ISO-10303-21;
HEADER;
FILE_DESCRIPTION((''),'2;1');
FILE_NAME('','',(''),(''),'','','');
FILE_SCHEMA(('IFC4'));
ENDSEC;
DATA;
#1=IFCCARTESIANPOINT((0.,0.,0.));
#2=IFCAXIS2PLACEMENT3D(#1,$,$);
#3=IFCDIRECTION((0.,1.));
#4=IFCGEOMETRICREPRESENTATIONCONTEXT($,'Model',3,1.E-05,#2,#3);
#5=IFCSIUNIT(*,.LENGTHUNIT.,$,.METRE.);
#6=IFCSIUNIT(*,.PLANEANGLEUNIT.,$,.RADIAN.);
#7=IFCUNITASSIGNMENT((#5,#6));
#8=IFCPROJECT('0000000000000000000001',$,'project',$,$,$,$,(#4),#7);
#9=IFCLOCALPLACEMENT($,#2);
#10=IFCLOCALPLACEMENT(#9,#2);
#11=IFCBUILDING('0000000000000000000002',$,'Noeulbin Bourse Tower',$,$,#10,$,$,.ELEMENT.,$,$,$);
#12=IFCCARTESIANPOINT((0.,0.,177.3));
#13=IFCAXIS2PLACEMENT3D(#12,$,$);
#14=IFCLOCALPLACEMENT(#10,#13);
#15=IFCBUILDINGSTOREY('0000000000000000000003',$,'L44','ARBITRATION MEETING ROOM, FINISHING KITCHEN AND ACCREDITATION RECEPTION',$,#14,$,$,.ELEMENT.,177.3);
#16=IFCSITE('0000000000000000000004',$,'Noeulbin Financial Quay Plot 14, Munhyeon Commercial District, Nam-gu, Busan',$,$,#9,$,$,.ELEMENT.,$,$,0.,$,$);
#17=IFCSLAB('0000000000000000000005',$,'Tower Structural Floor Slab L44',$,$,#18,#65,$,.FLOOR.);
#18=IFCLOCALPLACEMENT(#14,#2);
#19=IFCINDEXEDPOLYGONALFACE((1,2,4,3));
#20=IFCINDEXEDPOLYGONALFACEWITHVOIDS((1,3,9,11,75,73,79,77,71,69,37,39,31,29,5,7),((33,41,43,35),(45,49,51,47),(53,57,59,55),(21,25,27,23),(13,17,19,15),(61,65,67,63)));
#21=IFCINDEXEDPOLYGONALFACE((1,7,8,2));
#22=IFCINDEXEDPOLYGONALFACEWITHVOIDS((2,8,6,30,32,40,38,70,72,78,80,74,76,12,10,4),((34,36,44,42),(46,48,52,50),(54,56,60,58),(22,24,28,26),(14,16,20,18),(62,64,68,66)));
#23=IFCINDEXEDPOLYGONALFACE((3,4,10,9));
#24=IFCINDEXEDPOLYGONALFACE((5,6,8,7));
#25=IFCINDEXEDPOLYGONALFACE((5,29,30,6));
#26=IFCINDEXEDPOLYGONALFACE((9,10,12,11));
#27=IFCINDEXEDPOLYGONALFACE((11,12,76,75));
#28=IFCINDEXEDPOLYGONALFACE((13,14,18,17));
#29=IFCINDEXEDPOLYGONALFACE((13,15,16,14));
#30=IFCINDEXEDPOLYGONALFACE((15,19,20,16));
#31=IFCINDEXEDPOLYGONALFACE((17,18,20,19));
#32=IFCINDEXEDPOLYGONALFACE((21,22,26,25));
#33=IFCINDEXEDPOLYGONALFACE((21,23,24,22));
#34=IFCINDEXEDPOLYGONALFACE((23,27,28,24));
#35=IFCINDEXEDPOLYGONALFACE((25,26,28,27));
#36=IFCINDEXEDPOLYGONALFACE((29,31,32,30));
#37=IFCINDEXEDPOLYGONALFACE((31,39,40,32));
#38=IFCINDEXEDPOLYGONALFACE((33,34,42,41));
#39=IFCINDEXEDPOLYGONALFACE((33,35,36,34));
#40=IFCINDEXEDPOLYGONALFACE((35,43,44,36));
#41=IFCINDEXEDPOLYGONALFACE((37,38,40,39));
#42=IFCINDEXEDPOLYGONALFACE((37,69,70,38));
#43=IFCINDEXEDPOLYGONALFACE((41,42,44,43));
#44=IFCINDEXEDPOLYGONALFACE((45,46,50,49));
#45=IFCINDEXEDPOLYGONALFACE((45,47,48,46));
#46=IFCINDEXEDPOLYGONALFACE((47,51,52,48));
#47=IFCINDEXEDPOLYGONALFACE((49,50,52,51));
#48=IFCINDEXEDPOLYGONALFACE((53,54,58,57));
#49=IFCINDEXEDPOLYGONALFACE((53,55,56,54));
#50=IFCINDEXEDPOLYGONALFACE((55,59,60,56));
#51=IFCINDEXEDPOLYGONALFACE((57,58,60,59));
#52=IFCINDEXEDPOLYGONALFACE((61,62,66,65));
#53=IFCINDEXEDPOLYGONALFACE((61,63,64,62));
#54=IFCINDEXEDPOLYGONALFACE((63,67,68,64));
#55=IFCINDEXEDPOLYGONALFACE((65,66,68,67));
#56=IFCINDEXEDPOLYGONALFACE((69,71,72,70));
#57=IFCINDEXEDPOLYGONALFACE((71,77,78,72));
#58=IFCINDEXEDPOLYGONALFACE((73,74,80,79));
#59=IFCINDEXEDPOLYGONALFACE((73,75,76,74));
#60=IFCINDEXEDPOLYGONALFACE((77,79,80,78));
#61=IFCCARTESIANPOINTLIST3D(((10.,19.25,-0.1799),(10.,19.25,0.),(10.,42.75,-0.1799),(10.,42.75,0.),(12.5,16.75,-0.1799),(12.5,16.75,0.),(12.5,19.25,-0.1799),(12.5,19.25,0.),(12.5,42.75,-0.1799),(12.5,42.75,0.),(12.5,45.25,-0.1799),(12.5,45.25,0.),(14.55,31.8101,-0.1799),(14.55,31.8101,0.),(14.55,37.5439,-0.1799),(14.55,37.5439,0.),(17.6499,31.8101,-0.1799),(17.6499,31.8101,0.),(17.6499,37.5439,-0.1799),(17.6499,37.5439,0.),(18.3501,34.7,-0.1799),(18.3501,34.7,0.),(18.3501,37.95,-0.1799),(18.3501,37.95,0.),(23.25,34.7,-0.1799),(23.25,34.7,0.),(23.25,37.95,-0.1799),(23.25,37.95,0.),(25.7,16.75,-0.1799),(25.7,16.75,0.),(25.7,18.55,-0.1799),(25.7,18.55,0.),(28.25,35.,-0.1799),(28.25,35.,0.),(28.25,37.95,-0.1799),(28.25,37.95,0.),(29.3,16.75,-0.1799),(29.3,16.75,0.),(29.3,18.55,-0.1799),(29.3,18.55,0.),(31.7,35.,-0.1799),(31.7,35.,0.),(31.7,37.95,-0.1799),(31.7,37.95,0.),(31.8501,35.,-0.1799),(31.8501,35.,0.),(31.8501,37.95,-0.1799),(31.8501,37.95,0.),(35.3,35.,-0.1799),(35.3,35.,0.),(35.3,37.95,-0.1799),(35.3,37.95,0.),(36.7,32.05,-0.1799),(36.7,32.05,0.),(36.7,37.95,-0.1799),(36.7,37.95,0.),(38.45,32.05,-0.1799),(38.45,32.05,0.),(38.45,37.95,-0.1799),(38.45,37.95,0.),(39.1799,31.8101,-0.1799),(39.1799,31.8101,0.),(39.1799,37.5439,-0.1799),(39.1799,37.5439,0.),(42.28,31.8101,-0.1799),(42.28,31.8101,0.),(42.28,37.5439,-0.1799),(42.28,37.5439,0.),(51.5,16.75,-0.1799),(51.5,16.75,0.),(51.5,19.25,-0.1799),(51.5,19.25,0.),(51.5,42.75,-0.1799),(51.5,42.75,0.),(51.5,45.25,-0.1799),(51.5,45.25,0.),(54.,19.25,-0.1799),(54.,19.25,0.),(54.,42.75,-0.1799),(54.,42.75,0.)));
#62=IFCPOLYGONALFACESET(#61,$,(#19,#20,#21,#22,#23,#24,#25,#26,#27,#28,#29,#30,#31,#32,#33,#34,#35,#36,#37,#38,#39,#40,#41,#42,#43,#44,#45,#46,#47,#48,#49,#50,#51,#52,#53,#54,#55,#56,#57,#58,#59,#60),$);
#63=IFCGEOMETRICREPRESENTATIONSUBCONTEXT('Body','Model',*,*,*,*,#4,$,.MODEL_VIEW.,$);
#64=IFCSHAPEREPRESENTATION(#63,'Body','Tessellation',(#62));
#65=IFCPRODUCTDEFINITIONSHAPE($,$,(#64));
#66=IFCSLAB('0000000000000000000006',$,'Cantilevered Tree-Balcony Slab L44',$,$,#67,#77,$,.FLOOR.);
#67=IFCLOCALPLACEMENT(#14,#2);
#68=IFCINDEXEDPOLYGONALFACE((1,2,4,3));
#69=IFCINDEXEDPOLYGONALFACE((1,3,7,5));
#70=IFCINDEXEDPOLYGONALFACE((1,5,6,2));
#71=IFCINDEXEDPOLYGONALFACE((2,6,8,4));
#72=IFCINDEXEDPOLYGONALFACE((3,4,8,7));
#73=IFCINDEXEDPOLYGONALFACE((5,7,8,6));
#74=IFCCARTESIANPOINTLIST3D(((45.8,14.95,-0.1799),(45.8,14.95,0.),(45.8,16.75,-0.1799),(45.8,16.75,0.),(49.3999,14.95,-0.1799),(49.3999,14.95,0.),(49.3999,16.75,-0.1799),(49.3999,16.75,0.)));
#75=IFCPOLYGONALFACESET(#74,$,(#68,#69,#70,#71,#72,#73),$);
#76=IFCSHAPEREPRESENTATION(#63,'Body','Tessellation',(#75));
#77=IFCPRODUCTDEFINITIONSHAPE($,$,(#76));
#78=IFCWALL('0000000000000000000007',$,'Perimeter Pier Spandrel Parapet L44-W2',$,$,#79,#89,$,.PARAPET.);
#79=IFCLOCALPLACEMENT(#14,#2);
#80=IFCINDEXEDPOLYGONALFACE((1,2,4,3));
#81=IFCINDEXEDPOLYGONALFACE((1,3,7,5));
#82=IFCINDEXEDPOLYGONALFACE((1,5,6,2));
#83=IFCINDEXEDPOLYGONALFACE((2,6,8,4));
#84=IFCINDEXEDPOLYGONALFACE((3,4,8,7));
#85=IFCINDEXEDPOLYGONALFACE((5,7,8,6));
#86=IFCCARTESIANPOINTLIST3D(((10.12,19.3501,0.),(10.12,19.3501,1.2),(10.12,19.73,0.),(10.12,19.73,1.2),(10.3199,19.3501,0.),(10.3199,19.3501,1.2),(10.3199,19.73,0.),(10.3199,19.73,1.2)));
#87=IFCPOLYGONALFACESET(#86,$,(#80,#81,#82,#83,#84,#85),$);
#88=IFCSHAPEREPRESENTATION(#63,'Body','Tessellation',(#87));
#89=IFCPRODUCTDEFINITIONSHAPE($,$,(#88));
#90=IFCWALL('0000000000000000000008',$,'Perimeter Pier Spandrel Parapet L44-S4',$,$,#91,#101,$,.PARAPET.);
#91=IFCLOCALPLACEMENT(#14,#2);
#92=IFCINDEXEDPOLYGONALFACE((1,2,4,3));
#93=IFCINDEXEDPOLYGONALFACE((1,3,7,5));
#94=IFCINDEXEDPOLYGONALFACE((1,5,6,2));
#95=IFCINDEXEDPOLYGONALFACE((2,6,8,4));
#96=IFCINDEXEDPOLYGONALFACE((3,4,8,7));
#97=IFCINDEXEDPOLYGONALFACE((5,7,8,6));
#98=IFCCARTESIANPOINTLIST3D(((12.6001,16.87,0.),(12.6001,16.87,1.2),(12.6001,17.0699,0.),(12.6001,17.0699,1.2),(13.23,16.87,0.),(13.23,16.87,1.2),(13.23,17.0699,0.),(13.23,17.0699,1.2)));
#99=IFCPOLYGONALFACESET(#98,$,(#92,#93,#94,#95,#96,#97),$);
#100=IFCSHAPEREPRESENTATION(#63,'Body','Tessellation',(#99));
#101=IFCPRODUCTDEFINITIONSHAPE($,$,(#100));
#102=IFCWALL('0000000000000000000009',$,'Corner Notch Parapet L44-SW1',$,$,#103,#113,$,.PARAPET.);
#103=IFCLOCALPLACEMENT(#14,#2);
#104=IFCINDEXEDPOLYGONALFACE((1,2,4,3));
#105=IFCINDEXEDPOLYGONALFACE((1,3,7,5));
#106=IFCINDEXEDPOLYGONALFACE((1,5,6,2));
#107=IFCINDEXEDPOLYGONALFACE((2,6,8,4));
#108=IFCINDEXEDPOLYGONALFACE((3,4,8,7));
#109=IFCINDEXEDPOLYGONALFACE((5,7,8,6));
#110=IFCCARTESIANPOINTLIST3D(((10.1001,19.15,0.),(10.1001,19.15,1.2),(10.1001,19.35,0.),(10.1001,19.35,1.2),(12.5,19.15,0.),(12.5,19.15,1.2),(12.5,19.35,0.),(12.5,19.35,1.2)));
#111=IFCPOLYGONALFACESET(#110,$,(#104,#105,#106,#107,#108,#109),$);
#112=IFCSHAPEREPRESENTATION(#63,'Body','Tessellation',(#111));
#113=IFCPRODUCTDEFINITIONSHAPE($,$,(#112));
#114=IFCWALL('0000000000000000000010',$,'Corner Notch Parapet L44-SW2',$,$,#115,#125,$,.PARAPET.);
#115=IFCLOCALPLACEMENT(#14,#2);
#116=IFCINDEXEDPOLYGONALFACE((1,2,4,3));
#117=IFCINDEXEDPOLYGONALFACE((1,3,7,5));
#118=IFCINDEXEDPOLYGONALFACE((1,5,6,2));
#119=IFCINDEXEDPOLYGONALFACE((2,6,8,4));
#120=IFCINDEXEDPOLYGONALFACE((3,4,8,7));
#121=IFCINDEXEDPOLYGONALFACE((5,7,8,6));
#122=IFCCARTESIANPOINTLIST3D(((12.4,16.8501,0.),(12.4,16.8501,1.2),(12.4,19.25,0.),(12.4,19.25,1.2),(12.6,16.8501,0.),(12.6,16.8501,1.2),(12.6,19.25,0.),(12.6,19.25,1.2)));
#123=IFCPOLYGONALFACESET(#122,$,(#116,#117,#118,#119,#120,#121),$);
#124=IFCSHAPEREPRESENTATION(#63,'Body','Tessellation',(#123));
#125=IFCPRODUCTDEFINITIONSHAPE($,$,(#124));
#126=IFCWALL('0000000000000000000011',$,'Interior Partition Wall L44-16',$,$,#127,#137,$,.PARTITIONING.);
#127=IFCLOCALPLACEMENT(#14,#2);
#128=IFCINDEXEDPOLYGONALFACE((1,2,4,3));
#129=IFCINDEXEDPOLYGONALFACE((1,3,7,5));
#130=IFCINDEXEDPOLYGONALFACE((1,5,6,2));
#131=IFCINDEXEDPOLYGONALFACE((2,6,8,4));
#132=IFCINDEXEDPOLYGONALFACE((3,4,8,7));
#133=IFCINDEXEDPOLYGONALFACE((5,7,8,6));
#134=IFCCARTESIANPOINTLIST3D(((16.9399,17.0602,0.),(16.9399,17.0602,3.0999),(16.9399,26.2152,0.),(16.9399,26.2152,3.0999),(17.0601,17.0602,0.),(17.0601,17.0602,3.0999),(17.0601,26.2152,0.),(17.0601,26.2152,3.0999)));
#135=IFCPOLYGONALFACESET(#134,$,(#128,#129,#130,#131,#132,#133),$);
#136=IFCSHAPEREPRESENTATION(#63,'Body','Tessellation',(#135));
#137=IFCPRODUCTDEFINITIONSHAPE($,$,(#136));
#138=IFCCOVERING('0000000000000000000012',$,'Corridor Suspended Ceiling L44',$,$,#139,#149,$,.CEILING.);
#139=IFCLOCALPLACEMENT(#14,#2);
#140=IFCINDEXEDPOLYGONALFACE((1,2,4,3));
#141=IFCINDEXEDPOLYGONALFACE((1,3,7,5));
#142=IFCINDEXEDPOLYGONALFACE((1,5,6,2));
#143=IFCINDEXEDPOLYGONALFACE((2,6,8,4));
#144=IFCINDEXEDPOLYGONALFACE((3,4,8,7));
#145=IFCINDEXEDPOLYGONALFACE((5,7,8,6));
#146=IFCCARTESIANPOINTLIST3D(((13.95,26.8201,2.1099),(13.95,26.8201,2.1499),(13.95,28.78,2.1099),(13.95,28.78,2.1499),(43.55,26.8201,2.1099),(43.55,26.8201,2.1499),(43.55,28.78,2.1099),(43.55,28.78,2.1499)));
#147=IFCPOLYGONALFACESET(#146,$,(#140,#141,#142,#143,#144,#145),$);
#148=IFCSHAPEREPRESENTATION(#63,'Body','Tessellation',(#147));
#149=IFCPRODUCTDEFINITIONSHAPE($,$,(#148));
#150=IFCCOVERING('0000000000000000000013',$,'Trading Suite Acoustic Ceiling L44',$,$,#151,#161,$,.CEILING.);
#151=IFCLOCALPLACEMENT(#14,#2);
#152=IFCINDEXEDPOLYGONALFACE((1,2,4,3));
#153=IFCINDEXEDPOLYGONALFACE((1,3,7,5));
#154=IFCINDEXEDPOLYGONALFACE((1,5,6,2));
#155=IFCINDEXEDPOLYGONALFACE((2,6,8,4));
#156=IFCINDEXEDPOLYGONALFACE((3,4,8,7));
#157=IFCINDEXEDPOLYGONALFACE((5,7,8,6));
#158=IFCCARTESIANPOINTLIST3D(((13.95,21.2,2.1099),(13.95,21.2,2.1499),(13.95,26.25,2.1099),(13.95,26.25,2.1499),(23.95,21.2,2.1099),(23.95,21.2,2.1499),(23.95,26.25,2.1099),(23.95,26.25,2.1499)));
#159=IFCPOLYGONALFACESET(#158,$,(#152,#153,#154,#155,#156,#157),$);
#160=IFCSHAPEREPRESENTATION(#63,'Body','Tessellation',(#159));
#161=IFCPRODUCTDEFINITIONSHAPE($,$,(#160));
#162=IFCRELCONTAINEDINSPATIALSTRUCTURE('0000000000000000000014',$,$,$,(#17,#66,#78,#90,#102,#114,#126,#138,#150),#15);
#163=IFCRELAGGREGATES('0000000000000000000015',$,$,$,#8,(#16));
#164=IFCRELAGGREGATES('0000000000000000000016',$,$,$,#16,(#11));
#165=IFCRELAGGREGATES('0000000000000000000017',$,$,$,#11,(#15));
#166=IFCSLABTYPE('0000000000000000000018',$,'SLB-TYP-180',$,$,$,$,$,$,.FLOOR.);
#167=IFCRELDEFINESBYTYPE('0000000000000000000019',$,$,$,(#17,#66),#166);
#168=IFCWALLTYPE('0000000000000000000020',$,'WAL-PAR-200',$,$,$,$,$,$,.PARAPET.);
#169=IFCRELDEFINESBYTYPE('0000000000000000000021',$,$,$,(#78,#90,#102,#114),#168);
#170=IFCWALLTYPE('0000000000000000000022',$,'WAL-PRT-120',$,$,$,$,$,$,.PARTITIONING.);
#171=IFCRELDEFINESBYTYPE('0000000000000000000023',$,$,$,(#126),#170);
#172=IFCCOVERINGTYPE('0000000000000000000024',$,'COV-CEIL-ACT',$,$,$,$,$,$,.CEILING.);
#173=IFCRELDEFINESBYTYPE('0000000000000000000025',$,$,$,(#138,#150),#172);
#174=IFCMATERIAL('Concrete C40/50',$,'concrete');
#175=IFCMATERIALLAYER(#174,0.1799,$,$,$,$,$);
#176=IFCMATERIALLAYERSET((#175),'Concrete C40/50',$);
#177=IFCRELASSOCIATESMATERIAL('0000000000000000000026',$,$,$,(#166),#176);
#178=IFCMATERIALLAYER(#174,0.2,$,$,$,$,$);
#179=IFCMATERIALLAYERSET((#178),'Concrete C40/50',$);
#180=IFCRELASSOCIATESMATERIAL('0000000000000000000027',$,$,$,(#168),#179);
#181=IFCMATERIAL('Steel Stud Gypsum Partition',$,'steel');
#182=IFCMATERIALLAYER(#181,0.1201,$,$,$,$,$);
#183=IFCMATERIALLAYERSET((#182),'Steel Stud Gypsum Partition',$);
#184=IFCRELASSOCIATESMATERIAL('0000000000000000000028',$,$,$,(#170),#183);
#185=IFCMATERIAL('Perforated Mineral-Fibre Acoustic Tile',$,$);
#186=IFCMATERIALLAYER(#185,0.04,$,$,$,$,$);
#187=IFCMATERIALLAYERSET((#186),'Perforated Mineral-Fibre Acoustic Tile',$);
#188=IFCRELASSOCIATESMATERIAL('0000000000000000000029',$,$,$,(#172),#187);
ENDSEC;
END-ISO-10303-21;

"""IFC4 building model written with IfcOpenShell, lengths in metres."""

from ifc_helpers import new_model, si_unit, direction, frame, frame_2d, origin, place, context, subcontext, project, spatial, polyline, rectangle, outline, extrude, material, layer, layer_set, type_object, element, save


model = new_model("IFC4")

# Units and contexts
model_context = context("Model", 3, precision=1e-05, world=origin(), true_north=direction((0.0, 1.0)))
body_context = subcontext(model_context, "Body", "Model", "MODEL_VIEW")
ifc_project = project(units=[si_unit("LENGTHUNIT", "METRE"), si_unit("PLANEANGLEUNIT", "RADIAN")], contexts=[model_context])

# Site, building, storey
site_placement = place(None, origin())
site = spatial("IfcSite", under=ifc_project, at=site_placement, Name="Noeulbin Financial Quay Plot 14, Munhyeon Commercial District, Nam-gu, Busan", CompositionType="ELEMENT", RefElevation=0.0)
building_placement = place(site_placement, origin())
building = spatial("IfcBuilding", under=site, at=building_placement, Name="Noeulbin Bourse Tower", CompositionType="ELEMENT")
storey_placement = place(building_placement, frame((0.0, 0.0, 177.3)))
storey = spatial("IfcBuildingStorey", under=building, at=storey_placement, Name="L44", Description="ARBITRATION MEETING ROOM, FINISHING KITCHEN AND ACCREDITATION RECEPTION", CompositionType="ELEMENT", Elevation=177.3)

# Shared definitions
ifc_material_1 = material(Name="Concrete C40/50", Category="concrete")

# Slab, openings
ifc_layer_1 = layer(ifc_material_1, 0.1799)
ifc_layer_set_1 = layer_set([ifc_layer_1], Name="Concrete C40/50")
slab_type_1 = type_object("IfcSlabType", Name="SLB-TYP-180", PredefinedType="FLOOR", material=ifc_layer_set_1)
slab_1_placement = place(storey_placement, frame((0.0, 0.0, -0.1799)))
slab_1 = element("IfcSlab", 1, at=slab_1_placement, inside=storey, type_object=slab_type_1, Name="Tower Structural Floor Slab L44", PredefinedType="FLOOR", context=body_context, shape_type="SweptSolid", body=[
    extrude(outline(polyline([(12.5, 16.75), (25.7, 16.75), (25.7, 18.55), (29.3, 18.55), (29.3, 16.75), (51.5, 16.75), (51.5, 19.25), (54.0, 19.25), (54.0, 42.75), (51.5, 42.75), (51.5, 45.25), (12.5, 45.25), (12.5, 42.75), (10.0, 42.75), (10.0, 19.25), (12.5, 19.25), (12.5, 16.75)]), holes=[polyline([(17.6499, 31.8101), (17.6499, 37.5439), (14.55, 37.5439), (14.55, 31.8101), (17.6499, 31.8101)]), polyline([(42.28, 31.8101), (42.28, 37.5439), (39.1799, 37.5439), (39.1799, 31.8101), (42.28, 31.8101)]), polyline([(18.3501, 34.7), (23.25, 34.7), (23.25, 37.95), (18.3501, 37.95), (18.3501, 34.7)]), polyline([(36.7, 32.05), (38.45, 32.05), (38.45, 37.95), (36.7, 37.95), (36.7, 32.05)]), polyline([(28.25, 35.0), (31.7, 35.0), (31.7, 37.95), (28.25, 37.95), (28.25, 35.0)]), polyline([(31.8501, 35.0), (35.3, 35.0), (35.3, 37.95), (31.8501, 37.95), (31.8501, 35.0)])]), origin(), (0.0, 0.0, 1.0), 0.1799),
])
opening_1_placement = place(slab_1_placement, frame((0.0, 0.0, -0.01)))
element("IfcOpeningElement", 2, at=opening_1_placement, cuts=slab_1, PredefinedType="OPENING", context=body_context, shape_type="SweptSolid", body=[
    extrude(outline(polyline([(17.6499, 31.8101), (17.6499, 37.5439), (14.55, 37.5439), (14.55, 31.8101), (17.6499, 31.8101)])), origin(), (0.0, 0.0, 1.0), 0.2),
])
opening_2_placement = place(slab_1_placement, frame((0.0, 0.0, -0.01)))
element("IfcOpeningElement", 3, at=opening_2_placement, cuts=slab_1, PredefinedType="OPENING", context=body_context, shape_type="SweptSolid", body=[
    extrude(outline(polyline([(42.28, 31.8101), (42.28, 37.5439), (39.1799, 37.5439), (39.1799, 31.8101), (42.28, 31.8101)])), origin(), (0.0, 0.0, 1.0), 0.2),
])
opening_3_placement = place(slab_1_placement, frame((0.0, 0.0, -0.01)))
element("IfcOpeningElement", 4, at=opening_3_placement, cuts=slab_1, PredefinedType="OPENING", context=body_context, shape_type="SweptSolid", body=[
    extrude(outline(polyline([(18.3501, 34.7), (23.25, 34.7), (23.25, 37.95), (18.3501, 37.95), (18.3501, 34.7)])), origin(), (0.0, 0.0, 1.0), 0.2),
])
opening_4_placement = place(slab_1_placement, frame((0.0, 0.0, -0.01)))
element("IfcOpeningElement", 5, at=opening_4_placement, cuts=slab_1, PredefinedType="OPENING", context=body_context, shape_type="SweptSolid", body=[
    extrude(outline(polyline([(36.7, 32.05), (38.45, 32.05), (38.45, 37.95), (36.7, 37.95), (36.7, 32.05)])), origin(), (0.0, 0.0, 1.0), 0.2),
])
opening_5_placement = place(slab_1_placement, frame((0.0, 0.0, -0.01)))
element("IfcOpeningElement", 6, at=opening_5_placement, cuts=slab_1, PredefinedType="OPENING", context=body_context, shape_type="SweptSolid", body=[
    extrude(outline(polyline([(28.25, 35.0), (31.7, 35.0), (31.7, 37.95), (28.25, 37.95), (28.25, 35.0)])), origin(), (0.0, 0.0, 1.0), 0.2),
])
opening_6_placement = place(slab_1_placement, frame((0.0, 0.0, -0.01)))
element("IfcOpeningElement", 7, at=opening_6_placement, cuts=slab_1, PredefinedType="OPENING", context=body_context, shape_type="SweptSolid", body=[
    extrude(outline(polyline([(31.8501, 35.0), (35.3, 35.0), (35.3, 37.95), (31.8501, 37.95), (31.8501, 35.0)])), origin(), (0.0, 0.0, 1.0), 0.2),
])

# Slab
slab_2_placement = place(storey_placement, frame((0.0, 0.0, -0.1799)))
element("IfcSlab", 8, at=slab_2_placement, inside=storey, type_object=slab_type_1, Name="Cantilevered Tree-Balcony Slab L44", PredefinedType="FLOOR", context=body_context, shape_type="SweptSolid", body=[
    extrude(outline(polyline([(45.8, 14.95), (49.3999, 14.95), (49.3999, 16.75), (45.8, 16.75), (45.8, 14.95)])), origin(), (0.0, 0.0, 1.0), 0.1799),
])

# Walls
ifc_layer_2 = layer(ifc_material_1, 0.2)
ifc_layer_set_2 = layer_set([ifc_layer_2], Name="Concrete C40/50")
wall_type_1 = type_object("IfcWallType", Name="WAL-PAR-200", PredefinedType="PARAPET", material=ifc_layer_set_2)
wall_1_placement = place(storey_placement, frame((10.22, 19.3501, 0.0), z_axis=(0.0, 0.0, 1.0), x_axis=(0.0, 1.0, 0.0)))
element("IfcWall", 9, at=wall_1_placement, inside=storey, type_object=wall_type_1, Name="Perimeter Pier Spandrel Parapet L44-W2", PredefinedType="PARAPET", context=body_context, shape_type="SweptSolid", body=[
    extrude(rectangle(XDim=0.3799, YDim=0.2, at=frame_2d((0.1899, 0.0))), origin(), (0.0, 0.0, 1.0), 1.2),
])
wall_2_placement = place(storey_placement, frame((12.6001, 16.97, 0.0), z_axis=(0.0, 0.0, 1.0), x_axis=(1.0, 0.0, 0.0)))
element("IfcWall", 10, at=wall_2_placement, inside=storey, type_object=wall_type_1, Name="Perimeter Pier Spandrel Parapet L44-S4", PredefinedType="PARAPET", context=body_context, shape_type="SweptSolid", body=[
    extrude(rectangle(XDim=0.6299, YDim=0.2, at=frame_2d((0.3149, 0.0))), origin(), (0.0, 0.0, 1.0), 1.2),
])
for number, where, z_axis, x_axis, name in (
    (11, (10.1001, 19.25, 0.0), (0.0, 0.0, 1.0), (1.0, 0.0, 0.0), "Corner Notch Parapet L44-SW1"),
    (12, (12.5, 19.25, 0.0), (0.0, 0.0, 1.0), (0.0, -1.0, 0.0), "Corner Notch Parapet L44-SW2"),
):
    element("IfcWall", number, at=place(storey_placement, frame(where, z_axis=z_axis, x_axis=x_axis)), inside=storey, type_object=wall_type_1, Name=name, PredefinedType="PARAPET", context=body_context, shape_type="SweptSolid", body=[
        extrude(rectangle(XDim=2.3999, YDim=0.2, at=frame_2d((1.2, 0.0))), origin(), (0.0, 0.0, 1.0), 1.2),
    ])
ifc_material_2 = material(Name="Steel Stud Gypsum Partition", Category="steel")
ifc_layer_3 = layer(ifc_material_2, 0.1201)
ifc_layer_set_3 = layer_set([ifc_layer_3], Name="Steel Stud Gypsum Partition")
wall_type_2 = type_object("IfcWallType", Name="WAL-PRT-120", PredefinedType="PARTITIONING", material=ifc_layer_set_3)
wall_3_placement = place(storey_placement, frame((17.0, 17.0601, 0.0), z_axis=(0.0, 0.0, 1.0), x_axis=(0.0, 1.0, 0.0)))
element("IfcWall", 13, at=wall_3_placement, inside=storey, type_object=wall_type_2, Name="Interior Partition Wall L44-16", PredefinedType="PARTITIONING", context=body_context, shape_type="SweptSolid", body=[
    extrude(rectangle(XDim=9.155, YDim=0.1201, at=frame_2d((4.5776, 0.0))), origin(), (0.0, 0.0, 1.0), 3.0999),
])

# Coverings
ifc_material_3 = material(Name="Perforated Mineral-Fibre Acoustic Tile")
ifc_layer_4 = layer(ifc_material_3, 0.04)
ifc_layer_set_4 = layer_set([ifc_layer_4], Name="Perforated Mineral-Fibre Acoustic Tile")
covering_type = type_object("IfcCoveringType", Name="COV-CEIL-ACT", PredefinedType="CEILING", material=ifc_layer_set_4)
covering_1_placement = place(storey_placement, frame((0.0, 0.0, 2.1099)))
element("IfcCovering", 14, at=covering_1_placement, inside=storey, type_object=covering_type, Name="Corridor Suspended Ceiling L44", PredefinedType="CEILING", context=body_context, shape_type="SweptSolid", body=[
    extrude(outline(polyline([(13.95, 26.8201), (43.55, 26.8201), (43.55, 28.78), (13.95, 28.78), (13.95, 26.8201)])), origin(), (0.0, 0.0, 1.0), 0.04),
])
covering_2_placement = place(storey_placement, frame((0.0, 0.0, 2.1099)))
element("IfcCovering", 15, at=covering_2_placement, inside=storey, type_object=covering_type, Name="Trading Suite Acoustic Ceiling L44", PredefinedType="CEILING", context=body_context, shape_type="SweptSolid", body=[
    extrude(outline(polyline([(13.95, 21.2), (23.95, 21.2), (23.95, 26.25), (13.95, 26.25), (13.95, 21.2)])), origin(), (0.0, 0.0, 1.0), 0.04),
])

save(model, "model.ifc")
